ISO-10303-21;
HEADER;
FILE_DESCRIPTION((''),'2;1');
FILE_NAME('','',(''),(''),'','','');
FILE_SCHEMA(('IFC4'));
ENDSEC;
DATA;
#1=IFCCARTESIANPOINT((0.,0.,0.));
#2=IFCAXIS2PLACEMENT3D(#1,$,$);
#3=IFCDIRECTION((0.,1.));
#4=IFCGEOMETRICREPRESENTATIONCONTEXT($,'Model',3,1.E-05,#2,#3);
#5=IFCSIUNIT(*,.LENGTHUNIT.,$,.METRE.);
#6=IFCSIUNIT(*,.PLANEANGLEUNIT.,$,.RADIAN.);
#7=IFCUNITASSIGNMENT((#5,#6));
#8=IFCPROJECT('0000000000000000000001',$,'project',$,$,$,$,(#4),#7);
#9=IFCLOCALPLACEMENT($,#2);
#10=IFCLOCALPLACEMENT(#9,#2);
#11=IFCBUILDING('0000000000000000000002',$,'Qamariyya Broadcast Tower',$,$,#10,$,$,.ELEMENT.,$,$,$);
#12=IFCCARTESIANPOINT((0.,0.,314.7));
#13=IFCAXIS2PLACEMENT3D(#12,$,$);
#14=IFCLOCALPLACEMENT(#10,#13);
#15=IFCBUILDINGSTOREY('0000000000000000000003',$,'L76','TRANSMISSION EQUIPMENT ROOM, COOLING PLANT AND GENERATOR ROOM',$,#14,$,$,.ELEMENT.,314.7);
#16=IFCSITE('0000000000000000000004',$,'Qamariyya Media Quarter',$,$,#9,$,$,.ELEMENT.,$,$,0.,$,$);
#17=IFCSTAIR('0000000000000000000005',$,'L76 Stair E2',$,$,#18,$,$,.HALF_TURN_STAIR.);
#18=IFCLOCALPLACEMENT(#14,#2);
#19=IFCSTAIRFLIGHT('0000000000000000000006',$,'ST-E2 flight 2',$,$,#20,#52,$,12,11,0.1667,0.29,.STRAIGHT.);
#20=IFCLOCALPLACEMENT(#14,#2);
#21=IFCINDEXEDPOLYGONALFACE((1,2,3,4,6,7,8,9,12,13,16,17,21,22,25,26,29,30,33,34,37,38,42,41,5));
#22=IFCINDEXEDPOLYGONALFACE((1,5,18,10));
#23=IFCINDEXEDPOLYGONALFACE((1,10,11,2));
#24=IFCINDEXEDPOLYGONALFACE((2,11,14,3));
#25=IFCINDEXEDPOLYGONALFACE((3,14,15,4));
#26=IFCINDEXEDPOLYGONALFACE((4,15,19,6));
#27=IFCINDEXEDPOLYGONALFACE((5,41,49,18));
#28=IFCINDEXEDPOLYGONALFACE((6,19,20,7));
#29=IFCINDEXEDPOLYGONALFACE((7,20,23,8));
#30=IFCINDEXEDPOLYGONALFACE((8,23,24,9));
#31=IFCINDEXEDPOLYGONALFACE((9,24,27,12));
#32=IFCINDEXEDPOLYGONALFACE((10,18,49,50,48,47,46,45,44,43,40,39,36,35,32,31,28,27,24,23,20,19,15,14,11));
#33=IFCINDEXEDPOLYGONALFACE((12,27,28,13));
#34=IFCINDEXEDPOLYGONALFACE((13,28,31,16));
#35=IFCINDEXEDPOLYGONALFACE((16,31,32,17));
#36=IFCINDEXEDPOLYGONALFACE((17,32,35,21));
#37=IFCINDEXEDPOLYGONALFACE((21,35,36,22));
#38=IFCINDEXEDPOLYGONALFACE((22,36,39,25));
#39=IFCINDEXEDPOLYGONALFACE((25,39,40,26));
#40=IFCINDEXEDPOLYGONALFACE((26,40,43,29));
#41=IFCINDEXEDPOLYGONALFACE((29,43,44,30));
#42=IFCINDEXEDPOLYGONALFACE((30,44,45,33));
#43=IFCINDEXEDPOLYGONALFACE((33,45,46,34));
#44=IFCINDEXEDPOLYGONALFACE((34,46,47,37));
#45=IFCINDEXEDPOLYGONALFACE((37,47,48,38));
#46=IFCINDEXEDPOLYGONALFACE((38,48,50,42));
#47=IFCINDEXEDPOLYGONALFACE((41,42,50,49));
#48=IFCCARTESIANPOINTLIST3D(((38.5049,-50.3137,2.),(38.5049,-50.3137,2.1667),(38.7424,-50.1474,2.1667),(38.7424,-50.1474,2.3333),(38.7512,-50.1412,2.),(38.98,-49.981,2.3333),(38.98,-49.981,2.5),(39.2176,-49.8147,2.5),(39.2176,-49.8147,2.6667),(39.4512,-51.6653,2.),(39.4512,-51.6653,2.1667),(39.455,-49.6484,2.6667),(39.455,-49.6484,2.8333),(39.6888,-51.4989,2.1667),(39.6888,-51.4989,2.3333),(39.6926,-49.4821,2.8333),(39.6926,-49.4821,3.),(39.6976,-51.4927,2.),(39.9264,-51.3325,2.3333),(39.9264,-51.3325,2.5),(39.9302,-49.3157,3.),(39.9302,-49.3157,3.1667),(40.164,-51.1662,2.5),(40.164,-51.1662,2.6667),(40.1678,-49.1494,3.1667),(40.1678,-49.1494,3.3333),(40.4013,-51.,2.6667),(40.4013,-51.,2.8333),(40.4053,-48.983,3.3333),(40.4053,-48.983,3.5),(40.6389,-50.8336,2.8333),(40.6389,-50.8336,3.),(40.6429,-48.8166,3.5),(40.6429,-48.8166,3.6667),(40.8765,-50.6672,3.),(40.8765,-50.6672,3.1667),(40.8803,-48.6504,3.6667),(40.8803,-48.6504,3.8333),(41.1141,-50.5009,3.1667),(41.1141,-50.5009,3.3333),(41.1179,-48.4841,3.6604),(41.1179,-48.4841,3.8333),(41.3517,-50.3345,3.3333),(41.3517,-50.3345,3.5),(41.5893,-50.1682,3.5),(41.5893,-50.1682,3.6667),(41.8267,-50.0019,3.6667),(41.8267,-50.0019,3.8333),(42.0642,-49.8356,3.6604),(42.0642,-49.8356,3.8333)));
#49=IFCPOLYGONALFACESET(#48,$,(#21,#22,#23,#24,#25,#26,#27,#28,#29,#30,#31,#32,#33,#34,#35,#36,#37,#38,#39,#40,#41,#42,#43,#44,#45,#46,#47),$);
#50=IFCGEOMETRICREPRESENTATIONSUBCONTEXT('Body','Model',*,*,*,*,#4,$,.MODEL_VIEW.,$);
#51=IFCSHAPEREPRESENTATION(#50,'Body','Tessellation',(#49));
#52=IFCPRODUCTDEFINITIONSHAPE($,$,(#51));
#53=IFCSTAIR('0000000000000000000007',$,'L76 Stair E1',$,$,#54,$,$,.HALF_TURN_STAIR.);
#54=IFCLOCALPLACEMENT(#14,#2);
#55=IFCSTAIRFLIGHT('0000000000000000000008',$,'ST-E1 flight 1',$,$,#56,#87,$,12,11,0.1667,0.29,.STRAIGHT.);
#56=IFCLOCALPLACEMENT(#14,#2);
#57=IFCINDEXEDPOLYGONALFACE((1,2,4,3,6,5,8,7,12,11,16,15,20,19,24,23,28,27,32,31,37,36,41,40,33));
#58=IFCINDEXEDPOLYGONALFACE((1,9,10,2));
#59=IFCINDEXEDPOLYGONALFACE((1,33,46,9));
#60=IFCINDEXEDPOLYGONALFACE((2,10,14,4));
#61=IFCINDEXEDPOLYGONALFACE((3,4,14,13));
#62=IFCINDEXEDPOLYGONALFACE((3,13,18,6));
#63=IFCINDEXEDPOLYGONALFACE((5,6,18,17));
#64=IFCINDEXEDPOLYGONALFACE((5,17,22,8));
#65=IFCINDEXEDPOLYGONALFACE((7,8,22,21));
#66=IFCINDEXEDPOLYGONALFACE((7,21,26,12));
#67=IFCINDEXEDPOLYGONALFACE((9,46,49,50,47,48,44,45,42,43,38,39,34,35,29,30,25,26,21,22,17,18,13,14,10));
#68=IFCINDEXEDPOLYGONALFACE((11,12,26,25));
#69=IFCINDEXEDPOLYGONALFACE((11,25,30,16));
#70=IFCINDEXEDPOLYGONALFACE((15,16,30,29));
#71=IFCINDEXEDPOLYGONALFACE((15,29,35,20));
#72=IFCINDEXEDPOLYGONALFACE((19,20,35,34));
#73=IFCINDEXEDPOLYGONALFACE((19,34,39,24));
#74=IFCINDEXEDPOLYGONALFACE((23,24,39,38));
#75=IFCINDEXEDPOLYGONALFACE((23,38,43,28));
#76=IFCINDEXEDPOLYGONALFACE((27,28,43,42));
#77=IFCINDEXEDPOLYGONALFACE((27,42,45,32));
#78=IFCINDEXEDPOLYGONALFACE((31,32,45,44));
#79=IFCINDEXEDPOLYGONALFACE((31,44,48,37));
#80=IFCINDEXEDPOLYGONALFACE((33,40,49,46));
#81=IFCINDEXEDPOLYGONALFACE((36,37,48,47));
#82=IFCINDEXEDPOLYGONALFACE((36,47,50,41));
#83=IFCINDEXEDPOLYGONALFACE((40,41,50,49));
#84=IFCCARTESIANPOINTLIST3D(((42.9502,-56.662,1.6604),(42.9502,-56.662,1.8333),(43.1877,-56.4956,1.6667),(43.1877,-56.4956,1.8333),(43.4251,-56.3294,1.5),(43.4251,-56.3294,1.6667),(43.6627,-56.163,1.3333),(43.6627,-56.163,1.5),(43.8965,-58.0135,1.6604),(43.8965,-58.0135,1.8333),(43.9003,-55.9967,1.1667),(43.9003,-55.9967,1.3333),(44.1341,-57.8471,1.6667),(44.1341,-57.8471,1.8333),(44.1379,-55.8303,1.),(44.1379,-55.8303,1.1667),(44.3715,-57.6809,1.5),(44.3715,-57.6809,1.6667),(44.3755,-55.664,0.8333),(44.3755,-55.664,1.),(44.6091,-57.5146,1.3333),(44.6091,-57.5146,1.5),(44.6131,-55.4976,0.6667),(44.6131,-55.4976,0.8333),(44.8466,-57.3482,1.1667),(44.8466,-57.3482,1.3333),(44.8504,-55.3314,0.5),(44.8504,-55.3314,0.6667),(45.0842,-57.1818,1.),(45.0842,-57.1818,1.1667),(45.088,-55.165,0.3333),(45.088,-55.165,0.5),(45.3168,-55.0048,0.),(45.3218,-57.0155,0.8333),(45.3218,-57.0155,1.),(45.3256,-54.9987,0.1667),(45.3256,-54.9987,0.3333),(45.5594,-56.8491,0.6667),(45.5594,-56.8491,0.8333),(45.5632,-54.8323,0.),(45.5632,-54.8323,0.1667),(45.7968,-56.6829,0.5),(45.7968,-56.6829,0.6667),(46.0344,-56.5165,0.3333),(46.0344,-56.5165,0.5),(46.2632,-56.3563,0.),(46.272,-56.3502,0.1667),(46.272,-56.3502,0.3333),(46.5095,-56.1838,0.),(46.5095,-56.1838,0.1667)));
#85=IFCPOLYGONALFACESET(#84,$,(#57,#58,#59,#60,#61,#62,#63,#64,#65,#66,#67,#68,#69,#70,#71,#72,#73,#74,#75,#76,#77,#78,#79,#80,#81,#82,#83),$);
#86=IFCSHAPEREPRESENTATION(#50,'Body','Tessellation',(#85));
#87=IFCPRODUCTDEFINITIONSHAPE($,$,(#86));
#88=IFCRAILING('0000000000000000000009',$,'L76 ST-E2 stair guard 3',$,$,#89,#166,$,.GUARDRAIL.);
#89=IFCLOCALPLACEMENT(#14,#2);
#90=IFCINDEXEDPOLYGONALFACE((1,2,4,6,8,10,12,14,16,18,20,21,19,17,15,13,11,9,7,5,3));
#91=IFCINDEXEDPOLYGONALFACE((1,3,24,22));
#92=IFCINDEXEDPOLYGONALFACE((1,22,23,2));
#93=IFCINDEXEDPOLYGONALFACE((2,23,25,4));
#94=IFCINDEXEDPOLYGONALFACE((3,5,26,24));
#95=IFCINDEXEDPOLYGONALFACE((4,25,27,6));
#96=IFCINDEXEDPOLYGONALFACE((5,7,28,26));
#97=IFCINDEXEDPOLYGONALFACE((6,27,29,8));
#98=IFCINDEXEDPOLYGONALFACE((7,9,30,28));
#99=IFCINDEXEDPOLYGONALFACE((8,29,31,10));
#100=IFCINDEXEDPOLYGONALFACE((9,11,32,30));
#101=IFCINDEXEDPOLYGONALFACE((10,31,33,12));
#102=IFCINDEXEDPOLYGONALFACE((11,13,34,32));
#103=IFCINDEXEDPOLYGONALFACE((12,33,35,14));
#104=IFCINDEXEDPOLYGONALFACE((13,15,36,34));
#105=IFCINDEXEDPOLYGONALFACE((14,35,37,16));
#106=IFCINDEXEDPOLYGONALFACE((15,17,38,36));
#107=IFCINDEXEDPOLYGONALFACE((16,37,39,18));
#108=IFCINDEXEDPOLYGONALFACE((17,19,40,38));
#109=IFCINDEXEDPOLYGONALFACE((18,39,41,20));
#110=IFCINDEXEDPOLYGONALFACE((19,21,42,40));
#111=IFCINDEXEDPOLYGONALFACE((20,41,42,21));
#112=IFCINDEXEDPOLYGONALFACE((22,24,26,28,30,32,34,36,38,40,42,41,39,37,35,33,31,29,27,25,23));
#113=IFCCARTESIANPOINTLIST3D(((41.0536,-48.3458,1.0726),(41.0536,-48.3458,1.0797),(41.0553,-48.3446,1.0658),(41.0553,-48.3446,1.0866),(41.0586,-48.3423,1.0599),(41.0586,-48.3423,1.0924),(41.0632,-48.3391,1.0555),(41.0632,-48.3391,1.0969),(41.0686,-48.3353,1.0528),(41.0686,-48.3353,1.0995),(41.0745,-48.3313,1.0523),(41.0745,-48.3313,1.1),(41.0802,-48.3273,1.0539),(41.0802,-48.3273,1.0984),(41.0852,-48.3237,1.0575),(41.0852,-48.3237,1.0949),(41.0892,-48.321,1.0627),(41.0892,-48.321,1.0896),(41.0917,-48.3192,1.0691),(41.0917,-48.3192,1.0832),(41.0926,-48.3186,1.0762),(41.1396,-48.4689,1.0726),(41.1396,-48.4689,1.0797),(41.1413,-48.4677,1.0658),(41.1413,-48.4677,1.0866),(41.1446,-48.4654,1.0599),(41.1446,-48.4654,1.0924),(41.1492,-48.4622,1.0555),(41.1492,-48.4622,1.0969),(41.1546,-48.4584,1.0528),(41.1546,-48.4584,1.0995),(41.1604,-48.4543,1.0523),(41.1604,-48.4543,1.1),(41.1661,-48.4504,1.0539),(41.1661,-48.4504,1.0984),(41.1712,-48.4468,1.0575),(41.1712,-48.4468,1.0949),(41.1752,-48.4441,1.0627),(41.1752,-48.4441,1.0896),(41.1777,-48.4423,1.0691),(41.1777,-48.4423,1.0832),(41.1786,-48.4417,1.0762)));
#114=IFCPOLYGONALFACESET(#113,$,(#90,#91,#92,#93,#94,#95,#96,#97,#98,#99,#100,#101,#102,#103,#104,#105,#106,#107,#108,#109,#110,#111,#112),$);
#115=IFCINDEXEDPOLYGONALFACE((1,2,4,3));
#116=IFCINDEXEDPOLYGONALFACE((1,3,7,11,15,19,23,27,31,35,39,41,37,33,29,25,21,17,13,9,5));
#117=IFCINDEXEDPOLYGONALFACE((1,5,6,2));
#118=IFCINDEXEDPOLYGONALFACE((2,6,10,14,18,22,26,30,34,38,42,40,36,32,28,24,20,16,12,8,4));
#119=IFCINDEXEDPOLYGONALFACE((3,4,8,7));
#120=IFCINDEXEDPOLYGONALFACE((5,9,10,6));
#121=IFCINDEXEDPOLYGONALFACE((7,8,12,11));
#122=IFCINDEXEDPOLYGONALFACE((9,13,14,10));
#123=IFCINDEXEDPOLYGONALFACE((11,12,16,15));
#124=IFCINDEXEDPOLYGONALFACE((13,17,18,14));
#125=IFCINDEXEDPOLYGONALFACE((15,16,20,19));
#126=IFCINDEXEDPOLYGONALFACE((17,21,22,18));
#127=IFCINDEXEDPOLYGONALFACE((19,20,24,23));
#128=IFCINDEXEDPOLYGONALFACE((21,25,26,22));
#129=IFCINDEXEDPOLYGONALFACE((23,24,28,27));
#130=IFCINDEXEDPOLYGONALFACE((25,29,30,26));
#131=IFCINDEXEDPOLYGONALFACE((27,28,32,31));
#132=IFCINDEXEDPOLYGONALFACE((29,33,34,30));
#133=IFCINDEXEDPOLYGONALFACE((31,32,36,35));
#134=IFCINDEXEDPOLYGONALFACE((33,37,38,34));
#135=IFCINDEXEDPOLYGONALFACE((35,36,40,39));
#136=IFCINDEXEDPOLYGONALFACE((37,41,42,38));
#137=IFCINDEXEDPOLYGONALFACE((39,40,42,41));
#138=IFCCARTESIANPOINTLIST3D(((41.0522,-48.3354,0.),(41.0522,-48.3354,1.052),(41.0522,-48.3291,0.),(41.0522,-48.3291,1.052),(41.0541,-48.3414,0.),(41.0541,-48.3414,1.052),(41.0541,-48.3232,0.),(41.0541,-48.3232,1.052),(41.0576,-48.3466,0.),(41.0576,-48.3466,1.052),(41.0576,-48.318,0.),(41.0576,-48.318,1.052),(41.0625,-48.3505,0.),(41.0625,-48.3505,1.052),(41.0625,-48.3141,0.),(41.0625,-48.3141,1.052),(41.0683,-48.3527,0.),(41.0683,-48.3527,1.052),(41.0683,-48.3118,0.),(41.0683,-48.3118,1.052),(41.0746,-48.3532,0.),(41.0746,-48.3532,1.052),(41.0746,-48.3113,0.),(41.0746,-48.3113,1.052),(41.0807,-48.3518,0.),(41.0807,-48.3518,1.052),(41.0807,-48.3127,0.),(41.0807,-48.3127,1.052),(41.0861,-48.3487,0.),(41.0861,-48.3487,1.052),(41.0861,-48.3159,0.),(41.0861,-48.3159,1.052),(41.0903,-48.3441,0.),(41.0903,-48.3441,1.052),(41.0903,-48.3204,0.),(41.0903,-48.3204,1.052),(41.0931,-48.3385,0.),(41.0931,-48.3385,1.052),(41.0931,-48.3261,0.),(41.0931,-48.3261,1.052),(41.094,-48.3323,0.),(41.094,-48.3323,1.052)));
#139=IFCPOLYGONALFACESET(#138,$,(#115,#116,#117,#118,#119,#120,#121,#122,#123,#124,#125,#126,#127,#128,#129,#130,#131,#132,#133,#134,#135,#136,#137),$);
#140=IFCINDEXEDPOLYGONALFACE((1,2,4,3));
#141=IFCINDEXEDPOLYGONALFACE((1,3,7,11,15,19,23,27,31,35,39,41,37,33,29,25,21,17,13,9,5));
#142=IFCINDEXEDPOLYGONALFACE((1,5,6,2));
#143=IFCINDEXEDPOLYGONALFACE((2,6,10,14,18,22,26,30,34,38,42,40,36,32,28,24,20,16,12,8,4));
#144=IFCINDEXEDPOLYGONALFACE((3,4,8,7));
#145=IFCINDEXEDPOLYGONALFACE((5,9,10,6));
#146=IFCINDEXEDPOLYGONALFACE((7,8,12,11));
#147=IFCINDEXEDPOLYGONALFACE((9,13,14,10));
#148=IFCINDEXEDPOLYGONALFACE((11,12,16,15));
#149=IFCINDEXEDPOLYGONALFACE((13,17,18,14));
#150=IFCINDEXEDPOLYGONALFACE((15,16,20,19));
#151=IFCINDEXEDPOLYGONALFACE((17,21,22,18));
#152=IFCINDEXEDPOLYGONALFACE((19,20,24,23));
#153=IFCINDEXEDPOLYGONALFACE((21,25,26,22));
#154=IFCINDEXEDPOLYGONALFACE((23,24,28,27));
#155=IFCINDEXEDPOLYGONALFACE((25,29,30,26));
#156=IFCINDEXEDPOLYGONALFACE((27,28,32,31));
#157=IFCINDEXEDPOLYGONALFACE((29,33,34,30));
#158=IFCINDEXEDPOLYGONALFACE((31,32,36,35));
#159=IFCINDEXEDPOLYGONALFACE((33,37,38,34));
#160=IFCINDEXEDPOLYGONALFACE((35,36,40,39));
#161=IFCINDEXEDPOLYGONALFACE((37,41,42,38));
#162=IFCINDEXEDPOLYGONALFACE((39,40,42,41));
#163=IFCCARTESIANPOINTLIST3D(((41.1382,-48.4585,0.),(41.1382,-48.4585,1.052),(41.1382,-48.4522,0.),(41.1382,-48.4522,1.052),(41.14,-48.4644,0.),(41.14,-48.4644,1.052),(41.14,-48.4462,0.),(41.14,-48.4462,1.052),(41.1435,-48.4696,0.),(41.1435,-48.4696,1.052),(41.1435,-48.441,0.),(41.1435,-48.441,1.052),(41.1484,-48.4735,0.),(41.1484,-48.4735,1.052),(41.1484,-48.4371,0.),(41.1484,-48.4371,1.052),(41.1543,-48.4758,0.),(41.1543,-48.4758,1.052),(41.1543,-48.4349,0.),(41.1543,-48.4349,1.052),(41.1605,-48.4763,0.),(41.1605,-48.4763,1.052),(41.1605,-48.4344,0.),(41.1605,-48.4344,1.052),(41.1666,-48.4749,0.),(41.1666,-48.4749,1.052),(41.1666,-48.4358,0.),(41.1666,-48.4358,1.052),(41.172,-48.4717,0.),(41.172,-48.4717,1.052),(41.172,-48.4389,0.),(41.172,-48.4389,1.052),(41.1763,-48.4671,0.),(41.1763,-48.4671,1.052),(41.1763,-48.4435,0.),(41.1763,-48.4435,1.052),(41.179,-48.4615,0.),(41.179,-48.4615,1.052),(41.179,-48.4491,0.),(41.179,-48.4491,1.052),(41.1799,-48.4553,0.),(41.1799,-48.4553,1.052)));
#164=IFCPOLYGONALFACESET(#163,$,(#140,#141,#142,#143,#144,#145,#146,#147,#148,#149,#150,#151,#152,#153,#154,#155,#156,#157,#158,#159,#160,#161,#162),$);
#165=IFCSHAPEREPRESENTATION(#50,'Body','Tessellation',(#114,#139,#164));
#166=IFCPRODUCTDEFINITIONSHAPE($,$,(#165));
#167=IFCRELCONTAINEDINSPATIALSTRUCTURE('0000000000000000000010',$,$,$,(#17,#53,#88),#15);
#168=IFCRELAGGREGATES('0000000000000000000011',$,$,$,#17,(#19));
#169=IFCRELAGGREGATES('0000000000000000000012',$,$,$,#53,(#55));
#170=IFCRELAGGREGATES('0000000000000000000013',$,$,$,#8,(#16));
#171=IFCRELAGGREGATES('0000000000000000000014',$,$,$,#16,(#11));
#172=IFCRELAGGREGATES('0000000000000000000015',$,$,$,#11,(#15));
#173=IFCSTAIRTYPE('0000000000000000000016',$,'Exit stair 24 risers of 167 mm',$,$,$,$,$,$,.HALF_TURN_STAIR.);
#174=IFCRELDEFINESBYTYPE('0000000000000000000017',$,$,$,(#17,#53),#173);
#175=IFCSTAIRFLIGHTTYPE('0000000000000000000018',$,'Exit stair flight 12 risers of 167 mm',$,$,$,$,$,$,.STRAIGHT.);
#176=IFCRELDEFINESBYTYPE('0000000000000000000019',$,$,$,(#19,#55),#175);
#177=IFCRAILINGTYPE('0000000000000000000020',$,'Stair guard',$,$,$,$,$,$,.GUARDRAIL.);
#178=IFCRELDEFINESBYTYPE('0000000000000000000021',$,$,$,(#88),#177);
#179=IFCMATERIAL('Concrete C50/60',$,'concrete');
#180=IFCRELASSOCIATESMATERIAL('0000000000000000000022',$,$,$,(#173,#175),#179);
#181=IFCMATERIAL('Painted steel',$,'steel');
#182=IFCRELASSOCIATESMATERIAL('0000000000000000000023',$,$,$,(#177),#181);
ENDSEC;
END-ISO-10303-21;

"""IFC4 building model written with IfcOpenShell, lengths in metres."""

from ifc_helpers import new_model, si_unit, direction, frame, origin, origin_2d, place, context, subcontext, project, spatial, polyline, circle, outline, extrude, material, type_object, element, aggregate, save


model = new_model("IFC4")

# Units and contexts
model_context = context("Model", 3, precision=1e-05, world=origin(), true_north=direction((0.0, 1.0)))
body_context = subcontext(model_context, "Body", "Model", "MODEL_VIEW")
ifc_project = project(units=[si_unit("LENGTHUNIT", "METRE"), si_unit("PLANEANGLEUNIT", "RADIAN")], contexts=[model_context])

# Site, building, storey
site_placement = place(None, origin())
site = spatial("IfcSite", under=ifc_project, at=site_placement, Name="Qamariyya Media Quarter", CompositionType="ELEMENT", RefElevation=0.0)
building_placement = place(site_placement, origin())
building = spatial("IfcBuilding", under=site, at=building_placement, Name="Qamariyya Broadcast Tower", CompositionType="ELEMENT")
storey_placement = place(building_placement, frame((0.0, 0.0, 314.7)))
storey = spatial("IfcBuildingStorey", under=building, at=storey_placement, Name="L76", Description="TRANSMISSION EQUIPMENT ROOM, COOLING PLANT AND GENERATOR ROOM", CompositionType="ELEMENT", Elevation=314.7)

# Shared definitions
ifc_material_1 = material(Name="Concrete C50/60", Category="concrete")

# Stair, stair flight
stair_type = type_object("IfcStairType", Name="Exit stair 24 risers of 167 mm", PredefinedType="HALF_TURN_STAIR", material=ifc_material_1)
stair_1_placement = place(storey_placement, origin())
stair_1 = element("IfcStair", 1, at=stair_1_placement, inside=storey, type_object=stair_type, Name="L76 Stair E2", PredefinedType="HALF_TURN_STAIR")
stair_flight_type = type_object("IfcStairFlightType", Name="Exit stair flight 12 risers of 167 mm", PredefinedType="STRAIGHT", material=ifc_material_1)
stair_flight_1_placement = place(storey_placement, frame((38.978, -50.9895, 2.0), z_axis=(0.0, 0.0, 1.0), x_axis=(0.819152, 0.573576, 0.0)))
stair_flight_1 = element("IfcStairFlight", 2, at=stair_flight_1_placement, type_object=stair_flight_type, Name="ST-E2 flight 2", NumberOfRisers=12, NumberOfTreads=11, PredefinedType="STRAIGHT", RiserHeight=0.1667, TreadLength=0.29, context=body_context, shape_type="SweptSolid", body=[
    extrude(outline(polyline([(0.0, 0.0), (0.0, 0.1667), (0.29, 0.1667), (0.29, 0.3333), (0.5801, 0.3333), (0.5801, 0.5), (0.8701, 0.5), (0.8701, 0.6667), (1.1599, 0.6667), (1.1599, 0.8333), (1.45, 0.8333), (1.45, 1.0), (1.74, 1.0), (1.74, 1.1667), (2.03, 1.1667), (2.03, 1.3333), (2.3201, 1.3333), (2.3201, 1.5), (2.6101, 1.5), (2.6101, 1.6667), (2.8999, 1.6667), (2.8999, 1.8333), (3.1899, 1.8333), (3.1899, 2.0), (3.1899, 1.6604), (0.3008, 0.0), (0.0, 0.0)])), frame((0.0, 0.825, 0.0), z_axis=(0.0, -1.0, 0.0), x_axis=(1.0, 0.0, 0.0)), (0.0, 0.0, 1.0), 1.6499),
])
aggregate(stair_1, [stair_flight_1])

# Stair, stair flight
stair_2_placement = place(storey_placement, origin())
stair_2 = element("IfcStair", 3, at=stair_2_placement, inside=storey, type_object=stair_type, Name="L76 Stair E1", PredefinedType="HALF_TURN_STAIR")
stair_flight_2_placement = place(storey_placement, frame((46.0364, -55.5081, 0.0), z_axis=(0.0, 0.0, 1.0), x_axis=(-0.819152, -0.573576, 0.0)))
stair_flight_2 = element("IfcStairFlight", 4, at=stair_flight_2_placement, type_object=stair_flight_type, Name="ST-E1 flight 1", NumberOfRisers=12, NumberOfTreads=11, PredefinedType="STRAIGHT", RiserHeight=0.1667, TreadLength=0.29, context=body_context, shape_type="SweptSolid", body=[
    extrude(outline(polyline([(0.0, 0.0), (0.0, 0.1667), (0.29, 0.1667), (0.29, 0.3333), (0.5801, 0.3333), (0.5801, 0.5), (0.8701, 0.5), (0.8701, 0.6667), (1.1599, 0.6667), (1.1599, 0.8333), (1.45, 0.8333), (1.45, 1.0), (1.74, 1.0), (1.74, 1.1667), (2.03, 1.1667), (2.03, 1.3333), (2.3201, 1.3333), (2.3201, 1.5), (2.6101, 1.5), (2.6101, 1.6667), (2.8999, 1.6667), (2.8999, 1.8333), (3.1899, 1.8333), (3.1899, 2.0), (3.1899, 1.6604), (0.3008, 0.0), (0.0, 0.0)])), frame((0.0, 0.825, 0.0), z_axis=(0.0, -1.0, 0.0), x_axis=(1.0, 0.0, 0.0)), (0.0, 0.0, 1.0), 1.6499),
])
aggregate(stair_2, [stair_flight_2])

# Railing
ifc_material_2 = material(Name="Painted steel", Category="steel")
railing_type_1 = type_object("IfcRailingType", Name="Stair guard", PredefinedType="GUARDRAIL", material=ifc_material_2)
railing_1_placement = place(storey_placement, frame((41.073, -48.3323, 0.0)))
element("IfcRailing", 5, at=railing_1_placement, inside=storey, type_object=railing_type_1, Name="L76 ST-E2 stair guard 3", PredefinedType="GUARDRAIL", context=body_context, shape_type="SweptSolid", body=[
    extrude(circle(Radius=0.0239, at=origin_2d()), frame((0.0, 0.0, 1.0762), z_axis=(0.572589, -0.819843, 0.0), x_axis=(0.819843, 0.572589, 0.0)), (0.0, 0.0, 1.0), 0.1501),
    extrude(circle(Radius=0.021, at=origin_2d()), origin(), (0.0, 0.0, 1.0), 1.052),
    extrude(circle(Radius=0.021, at=origin_2d()), frame((0.0859, -0.123, 0.0)), (0.0, 0.0, 1.0), 1.052),
])

save(model, "model.ifc")
